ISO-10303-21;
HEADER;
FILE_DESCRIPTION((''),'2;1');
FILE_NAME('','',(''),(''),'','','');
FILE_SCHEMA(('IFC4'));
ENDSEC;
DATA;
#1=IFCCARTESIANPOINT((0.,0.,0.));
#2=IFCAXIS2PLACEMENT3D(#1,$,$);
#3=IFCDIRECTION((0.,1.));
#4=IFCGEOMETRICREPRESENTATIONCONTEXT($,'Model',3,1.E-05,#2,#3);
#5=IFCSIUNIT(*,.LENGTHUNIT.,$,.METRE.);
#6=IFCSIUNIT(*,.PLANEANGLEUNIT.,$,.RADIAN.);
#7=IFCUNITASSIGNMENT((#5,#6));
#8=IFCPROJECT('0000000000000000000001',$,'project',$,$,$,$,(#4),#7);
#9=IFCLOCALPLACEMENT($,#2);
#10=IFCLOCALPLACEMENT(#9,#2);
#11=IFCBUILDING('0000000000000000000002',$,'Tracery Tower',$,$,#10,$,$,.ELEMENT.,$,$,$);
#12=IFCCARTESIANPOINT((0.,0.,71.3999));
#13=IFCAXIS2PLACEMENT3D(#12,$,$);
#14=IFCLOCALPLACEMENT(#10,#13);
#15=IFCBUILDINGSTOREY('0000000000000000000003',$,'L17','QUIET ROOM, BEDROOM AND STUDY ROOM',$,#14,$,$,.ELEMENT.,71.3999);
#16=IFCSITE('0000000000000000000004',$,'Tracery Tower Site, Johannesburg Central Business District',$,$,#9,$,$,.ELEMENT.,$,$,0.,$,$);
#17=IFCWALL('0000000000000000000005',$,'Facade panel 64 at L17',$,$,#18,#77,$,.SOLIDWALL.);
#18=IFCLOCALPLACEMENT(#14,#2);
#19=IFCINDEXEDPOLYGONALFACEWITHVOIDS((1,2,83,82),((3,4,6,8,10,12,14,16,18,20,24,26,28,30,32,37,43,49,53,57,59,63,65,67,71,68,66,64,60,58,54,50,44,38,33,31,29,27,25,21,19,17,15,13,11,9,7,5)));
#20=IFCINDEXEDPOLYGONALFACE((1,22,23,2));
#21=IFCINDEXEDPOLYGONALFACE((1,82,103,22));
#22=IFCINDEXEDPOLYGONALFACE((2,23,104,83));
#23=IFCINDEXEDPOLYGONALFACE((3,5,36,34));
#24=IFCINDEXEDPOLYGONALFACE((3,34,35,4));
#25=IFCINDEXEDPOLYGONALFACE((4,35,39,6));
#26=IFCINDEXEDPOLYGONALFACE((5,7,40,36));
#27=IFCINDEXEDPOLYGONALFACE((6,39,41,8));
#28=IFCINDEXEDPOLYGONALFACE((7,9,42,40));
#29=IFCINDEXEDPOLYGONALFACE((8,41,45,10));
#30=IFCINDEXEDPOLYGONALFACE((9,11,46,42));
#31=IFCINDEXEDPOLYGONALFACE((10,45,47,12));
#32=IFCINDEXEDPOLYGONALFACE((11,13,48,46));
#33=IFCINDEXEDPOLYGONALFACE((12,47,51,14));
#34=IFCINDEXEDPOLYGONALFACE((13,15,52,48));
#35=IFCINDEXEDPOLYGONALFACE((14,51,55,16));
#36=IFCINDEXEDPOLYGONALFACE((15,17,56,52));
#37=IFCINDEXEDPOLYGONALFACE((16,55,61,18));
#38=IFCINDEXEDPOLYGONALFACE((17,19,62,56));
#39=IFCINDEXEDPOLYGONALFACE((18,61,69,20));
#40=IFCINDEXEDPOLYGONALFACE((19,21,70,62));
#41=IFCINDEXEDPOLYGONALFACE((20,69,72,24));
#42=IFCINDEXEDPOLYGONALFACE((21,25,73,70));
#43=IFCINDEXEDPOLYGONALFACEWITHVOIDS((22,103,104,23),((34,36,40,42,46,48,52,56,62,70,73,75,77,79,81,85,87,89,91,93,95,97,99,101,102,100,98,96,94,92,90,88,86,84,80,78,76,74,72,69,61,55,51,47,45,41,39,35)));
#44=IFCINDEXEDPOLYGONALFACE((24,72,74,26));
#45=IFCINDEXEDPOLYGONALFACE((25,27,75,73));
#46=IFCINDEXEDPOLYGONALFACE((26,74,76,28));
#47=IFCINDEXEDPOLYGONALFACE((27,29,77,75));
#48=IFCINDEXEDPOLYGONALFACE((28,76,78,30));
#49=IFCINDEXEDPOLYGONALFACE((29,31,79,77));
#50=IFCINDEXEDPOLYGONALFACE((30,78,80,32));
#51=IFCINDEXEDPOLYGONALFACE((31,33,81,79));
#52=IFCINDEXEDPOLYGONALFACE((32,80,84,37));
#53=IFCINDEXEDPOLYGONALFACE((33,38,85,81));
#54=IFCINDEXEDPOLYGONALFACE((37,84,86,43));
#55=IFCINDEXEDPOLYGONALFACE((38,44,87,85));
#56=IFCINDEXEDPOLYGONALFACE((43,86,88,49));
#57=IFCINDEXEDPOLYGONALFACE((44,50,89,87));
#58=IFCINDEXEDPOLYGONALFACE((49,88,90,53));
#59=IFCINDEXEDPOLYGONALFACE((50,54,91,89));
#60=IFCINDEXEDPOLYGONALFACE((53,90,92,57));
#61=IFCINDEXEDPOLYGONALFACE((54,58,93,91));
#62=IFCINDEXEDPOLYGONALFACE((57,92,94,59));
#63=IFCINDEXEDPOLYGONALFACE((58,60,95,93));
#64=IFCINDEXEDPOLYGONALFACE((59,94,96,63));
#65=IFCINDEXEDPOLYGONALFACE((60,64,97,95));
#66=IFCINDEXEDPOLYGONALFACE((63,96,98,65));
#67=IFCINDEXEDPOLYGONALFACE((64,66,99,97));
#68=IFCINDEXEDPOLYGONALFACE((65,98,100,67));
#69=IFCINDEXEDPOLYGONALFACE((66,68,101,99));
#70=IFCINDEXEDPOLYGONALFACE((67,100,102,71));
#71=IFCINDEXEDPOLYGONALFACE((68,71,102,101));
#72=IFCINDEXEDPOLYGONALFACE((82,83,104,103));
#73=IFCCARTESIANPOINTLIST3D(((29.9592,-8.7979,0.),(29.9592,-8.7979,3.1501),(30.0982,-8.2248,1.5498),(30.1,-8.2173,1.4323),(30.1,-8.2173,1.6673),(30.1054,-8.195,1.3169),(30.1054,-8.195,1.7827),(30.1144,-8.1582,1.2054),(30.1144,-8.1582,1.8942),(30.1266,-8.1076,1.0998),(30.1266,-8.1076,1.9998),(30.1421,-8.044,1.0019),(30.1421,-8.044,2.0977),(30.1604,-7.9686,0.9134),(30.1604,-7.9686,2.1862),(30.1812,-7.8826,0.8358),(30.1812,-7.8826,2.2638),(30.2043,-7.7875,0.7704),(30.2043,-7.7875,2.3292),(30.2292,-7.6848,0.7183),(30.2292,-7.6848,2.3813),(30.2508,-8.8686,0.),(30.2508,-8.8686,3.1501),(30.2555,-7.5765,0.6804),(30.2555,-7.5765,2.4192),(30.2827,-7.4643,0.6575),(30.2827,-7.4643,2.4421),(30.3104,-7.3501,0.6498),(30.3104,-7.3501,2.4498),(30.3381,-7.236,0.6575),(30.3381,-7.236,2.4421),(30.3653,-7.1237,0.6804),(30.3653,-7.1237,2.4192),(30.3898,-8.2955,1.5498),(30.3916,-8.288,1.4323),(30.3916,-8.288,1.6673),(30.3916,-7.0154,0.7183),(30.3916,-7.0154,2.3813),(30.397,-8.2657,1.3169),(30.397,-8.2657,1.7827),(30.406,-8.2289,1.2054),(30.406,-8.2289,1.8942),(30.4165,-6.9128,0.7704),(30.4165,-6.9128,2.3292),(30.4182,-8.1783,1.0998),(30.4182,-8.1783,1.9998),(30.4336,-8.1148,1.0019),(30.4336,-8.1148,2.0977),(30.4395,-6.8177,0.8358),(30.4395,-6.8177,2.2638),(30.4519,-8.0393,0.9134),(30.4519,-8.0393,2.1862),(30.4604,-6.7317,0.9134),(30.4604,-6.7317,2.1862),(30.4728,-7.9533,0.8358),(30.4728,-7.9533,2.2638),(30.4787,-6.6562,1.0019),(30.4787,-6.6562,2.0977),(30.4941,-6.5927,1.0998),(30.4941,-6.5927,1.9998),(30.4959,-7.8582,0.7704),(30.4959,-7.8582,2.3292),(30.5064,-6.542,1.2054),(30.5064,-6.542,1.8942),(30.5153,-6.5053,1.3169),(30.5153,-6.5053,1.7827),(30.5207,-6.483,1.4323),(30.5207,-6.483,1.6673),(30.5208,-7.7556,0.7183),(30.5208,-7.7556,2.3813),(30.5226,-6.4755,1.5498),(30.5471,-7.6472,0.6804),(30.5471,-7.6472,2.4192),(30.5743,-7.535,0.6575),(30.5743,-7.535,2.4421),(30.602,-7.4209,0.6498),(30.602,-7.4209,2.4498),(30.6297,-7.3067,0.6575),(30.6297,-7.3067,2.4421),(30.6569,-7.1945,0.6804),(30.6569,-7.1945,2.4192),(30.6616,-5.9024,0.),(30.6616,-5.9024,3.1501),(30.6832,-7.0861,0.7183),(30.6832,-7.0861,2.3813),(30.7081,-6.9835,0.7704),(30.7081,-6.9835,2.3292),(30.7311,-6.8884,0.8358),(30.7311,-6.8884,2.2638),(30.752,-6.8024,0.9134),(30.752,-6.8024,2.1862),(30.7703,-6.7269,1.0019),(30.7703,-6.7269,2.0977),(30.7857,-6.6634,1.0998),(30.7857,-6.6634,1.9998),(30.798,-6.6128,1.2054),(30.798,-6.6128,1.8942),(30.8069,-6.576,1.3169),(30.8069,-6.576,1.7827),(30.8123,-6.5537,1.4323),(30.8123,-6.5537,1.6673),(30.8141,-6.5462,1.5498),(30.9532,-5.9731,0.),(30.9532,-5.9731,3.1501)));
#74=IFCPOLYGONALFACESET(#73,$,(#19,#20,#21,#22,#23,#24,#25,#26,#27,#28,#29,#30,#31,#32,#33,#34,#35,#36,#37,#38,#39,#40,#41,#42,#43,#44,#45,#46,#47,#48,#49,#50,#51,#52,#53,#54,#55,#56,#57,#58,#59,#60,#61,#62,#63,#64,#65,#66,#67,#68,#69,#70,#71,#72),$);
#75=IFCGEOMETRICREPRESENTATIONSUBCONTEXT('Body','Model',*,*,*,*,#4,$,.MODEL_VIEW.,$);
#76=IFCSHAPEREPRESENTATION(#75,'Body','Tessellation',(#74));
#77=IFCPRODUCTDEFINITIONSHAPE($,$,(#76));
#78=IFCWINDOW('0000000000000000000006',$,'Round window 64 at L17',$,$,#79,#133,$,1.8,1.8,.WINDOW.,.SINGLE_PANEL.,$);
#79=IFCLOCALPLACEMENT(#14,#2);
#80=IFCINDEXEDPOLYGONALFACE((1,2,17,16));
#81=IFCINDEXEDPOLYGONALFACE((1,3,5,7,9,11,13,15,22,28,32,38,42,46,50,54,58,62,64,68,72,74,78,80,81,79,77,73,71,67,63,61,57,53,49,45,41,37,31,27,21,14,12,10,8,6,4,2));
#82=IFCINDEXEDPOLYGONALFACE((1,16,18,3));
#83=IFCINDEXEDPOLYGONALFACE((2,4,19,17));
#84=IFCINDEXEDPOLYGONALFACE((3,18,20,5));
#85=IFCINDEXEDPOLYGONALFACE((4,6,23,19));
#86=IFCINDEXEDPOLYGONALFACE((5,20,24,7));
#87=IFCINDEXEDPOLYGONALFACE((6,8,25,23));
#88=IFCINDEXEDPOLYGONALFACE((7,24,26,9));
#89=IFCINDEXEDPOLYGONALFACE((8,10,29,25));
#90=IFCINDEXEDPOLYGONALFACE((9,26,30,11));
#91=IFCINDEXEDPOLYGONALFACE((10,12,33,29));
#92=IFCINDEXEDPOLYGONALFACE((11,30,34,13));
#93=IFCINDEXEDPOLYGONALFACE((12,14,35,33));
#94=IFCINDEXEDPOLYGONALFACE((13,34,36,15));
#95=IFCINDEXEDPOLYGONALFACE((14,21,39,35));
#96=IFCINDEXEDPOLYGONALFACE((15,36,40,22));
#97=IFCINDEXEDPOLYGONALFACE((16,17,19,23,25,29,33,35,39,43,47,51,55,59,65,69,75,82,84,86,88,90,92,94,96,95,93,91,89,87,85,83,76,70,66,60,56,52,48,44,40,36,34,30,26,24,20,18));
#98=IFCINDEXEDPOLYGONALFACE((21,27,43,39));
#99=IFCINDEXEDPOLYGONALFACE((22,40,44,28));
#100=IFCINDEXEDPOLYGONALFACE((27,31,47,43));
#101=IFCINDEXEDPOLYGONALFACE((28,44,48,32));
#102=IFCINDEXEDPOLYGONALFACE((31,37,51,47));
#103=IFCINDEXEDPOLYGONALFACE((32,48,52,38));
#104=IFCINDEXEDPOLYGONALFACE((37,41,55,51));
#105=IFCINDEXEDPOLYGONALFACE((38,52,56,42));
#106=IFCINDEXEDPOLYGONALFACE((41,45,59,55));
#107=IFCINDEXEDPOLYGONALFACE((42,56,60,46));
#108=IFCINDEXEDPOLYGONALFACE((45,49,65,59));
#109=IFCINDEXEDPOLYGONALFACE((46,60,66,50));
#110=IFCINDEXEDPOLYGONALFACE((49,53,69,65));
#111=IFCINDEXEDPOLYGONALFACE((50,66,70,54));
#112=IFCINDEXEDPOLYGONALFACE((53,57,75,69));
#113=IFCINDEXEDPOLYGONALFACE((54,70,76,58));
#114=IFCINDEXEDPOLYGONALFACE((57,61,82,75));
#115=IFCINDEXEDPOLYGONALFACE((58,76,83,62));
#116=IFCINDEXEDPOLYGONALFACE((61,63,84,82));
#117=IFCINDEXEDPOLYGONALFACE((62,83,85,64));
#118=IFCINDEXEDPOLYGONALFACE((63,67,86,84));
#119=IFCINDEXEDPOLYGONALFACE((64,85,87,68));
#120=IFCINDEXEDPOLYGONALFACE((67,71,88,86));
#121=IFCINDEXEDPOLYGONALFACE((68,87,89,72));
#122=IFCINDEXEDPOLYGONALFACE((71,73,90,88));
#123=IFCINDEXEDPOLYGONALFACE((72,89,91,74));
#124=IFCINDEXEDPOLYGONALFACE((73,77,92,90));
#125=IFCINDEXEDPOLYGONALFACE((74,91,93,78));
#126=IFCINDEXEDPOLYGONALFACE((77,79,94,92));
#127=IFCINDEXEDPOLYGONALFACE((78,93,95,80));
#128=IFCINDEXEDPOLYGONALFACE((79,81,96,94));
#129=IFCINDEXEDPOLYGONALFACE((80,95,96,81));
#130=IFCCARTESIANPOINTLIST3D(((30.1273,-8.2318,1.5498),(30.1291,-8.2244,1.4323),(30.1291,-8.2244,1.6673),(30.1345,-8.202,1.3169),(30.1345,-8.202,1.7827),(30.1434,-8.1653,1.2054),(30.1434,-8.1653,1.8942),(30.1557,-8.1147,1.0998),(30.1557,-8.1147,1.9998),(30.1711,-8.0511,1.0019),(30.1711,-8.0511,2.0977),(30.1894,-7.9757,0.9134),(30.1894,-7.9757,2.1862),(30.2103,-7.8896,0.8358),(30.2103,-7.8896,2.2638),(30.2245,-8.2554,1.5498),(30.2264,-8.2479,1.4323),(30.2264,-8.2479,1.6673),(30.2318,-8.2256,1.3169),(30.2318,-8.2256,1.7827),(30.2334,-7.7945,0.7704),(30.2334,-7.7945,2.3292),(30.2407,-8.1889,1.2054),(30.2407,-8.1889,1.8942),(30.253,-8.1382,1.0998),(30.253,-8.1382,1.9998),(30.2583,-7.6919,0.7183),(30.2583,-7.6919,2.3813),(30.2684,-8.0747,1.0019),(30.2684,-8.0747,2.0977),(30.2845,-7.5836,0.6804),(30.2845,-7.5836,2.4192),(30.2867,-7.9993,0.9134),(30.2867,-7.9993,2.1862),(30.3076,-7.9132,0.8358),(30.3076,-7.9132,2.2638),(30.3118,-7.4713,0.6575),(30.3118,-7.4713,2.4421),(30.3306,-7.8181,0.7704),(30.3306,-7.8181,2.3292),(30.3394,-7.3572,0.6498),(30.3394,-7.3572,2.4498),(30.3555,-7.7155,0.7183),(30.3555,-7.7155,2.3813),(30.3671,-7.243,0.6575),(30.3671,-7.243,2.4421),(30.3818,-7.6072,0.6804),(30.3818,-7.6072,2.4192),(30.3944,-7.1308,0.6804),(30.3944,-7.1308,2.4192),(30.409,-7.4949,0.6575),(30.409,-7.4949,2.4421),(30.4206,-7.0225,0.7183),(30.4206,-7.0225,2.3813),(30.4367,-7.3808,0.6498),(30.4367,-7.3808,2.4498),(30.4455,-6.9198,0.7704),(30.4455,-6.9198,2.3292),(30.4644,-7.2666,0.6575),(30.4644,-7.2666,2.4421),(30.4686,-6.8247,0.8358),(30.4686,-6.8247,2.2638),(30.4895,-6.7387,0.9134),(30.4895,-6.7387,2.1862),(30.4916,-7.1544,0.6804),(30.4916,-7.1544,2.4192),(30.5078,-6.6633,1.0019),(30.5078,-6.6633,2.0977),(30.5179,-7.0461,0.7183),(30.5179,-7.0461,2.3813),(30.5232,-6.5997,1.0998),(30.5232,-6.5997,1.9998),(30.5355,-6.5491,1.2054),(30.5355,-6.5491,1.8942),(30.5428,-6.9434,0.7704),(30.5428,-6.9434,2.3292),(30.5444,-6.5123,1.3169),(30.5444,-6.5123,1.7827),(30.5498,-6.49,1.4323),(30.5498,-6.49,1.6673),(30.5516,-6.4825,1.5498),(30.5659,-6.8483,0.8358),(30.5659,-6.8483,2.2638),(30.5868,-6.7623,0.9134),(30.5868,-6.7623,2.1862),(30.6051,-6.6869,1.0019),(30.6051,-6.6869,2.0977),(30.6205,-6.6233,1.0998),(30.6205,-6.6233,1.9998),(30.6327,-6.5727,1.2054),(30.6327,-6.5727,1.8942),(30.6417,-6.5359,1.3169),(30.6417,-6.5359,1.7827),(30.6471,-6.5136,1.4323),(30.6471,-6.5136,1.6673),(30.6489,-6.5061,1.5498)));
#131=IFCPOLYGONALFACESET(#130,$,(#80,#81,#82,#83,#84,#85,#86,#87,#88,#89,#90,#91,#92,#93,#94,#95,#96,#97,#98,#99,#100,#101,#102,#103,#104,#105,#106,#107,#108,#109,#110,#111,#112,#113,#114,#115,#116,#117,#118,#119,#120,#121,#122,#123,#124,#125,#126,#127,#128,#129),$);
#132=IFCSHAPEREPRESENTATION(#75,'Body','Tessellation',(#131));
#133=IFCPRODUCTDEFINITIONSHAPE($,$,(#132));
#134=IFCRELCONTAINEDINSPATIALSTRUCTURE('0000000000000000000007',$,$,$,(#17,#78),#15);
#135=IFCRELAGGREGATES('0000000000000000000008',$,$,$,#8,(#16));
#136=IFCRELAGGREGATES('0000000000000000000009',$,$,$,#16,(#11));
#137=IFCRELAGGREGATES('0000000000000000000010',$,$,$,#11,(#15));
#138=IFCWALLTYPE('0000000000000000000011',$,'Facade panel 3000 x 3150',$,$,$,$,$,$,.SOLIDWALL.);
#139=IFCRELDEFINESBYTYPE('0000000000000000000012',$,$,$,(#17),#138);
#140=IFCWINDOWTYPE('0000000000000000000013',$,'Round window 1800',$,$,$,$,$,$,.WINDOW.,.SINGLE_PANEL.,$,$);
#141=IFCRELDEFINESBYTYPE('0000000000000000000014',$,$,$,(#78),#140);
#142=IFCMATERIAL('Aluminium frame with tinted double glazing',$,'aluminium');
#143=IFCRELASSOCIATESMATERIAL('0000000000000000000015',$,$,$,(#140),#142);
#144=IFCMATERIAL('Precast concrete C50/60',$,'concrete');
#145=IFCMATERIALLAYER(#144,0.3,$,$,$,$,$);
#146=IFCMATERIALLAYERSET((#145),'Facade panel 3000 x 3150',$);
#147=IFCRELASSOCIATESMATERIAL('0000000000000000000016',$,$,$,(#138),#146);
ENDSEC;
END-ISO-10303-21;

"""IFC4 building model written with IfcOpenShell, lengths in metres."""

from ifc_helpers import new_model, si_unit, direction, frame, frame_2d, origin, origin_2d, place, context, subcontext, project, spatial, rectangle, circle, extrude, material, layer, layer_set, type_object, element, fill, save


model = new_model("IFC4")

# Units and contexts
model_context = context("Model", 3, precision=1e-05, world=origin(), true_north=direction((0.0, 1.0)))
body_context = subcontext(model_context, "Body", "Model", "MODEL_VIEW")
ifc_project = project(units=[si_unit("LENGTHUNIT", "METRE"), si_unit("PLANEANGLEUNIT", "RADIAN")], contexts=[model_context])

# Site, building, storey
site_placement = place(None, origin())
site = spatial("IfcSite", under=ifc_project, at=site_placement, Name="Tracery Tower Site, Johannesburg Central Business District", CompositionType="ELEMENT", RefElevation=0.0)
building_placement = place(site_placement, origin())
building = spatial("IfcBuilding", under=site, at=building_placement, Name="Tracery Tower", CompositionType="ELEMENT")
storey_placement = place(building_placement, frame((0.0, 0.0, 71.3999)))
storey = spatial("IfcBuildingStorey", under=building, at=storey_placement, Name="L17", Description="QUIET ROOM, BEDROOM AND STUDY ROOM", CompositionType="ELEMENT", Elevation=71.3999)

# Wall, opening, window
ifc_material_1 = material(Name="Aluminium frame with tinted double glazing", Category="aluminium")
window_type = type_object("IfcWindowType", Name="Round window 1800", PartitioningType="SINGLE_PANEL", PredefinedType="WINDOW", material=ifc_material_1)
ifc_material_2 = material(Name="Precast concrete C50/60", Category="concrete")
ifc_layer_1 = layer(ifc_material_2, 0.3)
ifc_layer_set_1 = layer_set([ifc_layer_1], Name="Facade panel 3000 x 3150")
wall_type_1 = type_object("IfcWallType", Name="Facade panel 3000 x 3150", PredefinedType="SOLIDWALL", material=ifc_layer_set_1)
wall_1_placement = place(storey_placement, frame((30.105, -8.8333, 0.0), z_axis=(0.0, 0.0, 1.0), x_axis=(0.235743, 0.971815, 0.0)))
wall_1 = element("IfcWall", 1, at=wall_1_placement, inside=storey, type_object=wall_type_1, Name="Facade panel 64 at L17", PredefinedType="SOLIDWALL", context=body_context, shape_type="SweptSolid", body=[
    extrude(rectangle(XDim=2.9795, YDim=0.3, at=frame_2d((1.4897, 0.0))), origin(), (0.0, 0.0, 1.0), 3.1501),
])
opening_1_placement = place(wall_1_placement, frame((1.4897, 0.0, 1.5498)))
opening_1 = element("IfcOpeningElement", 2, at=opening_1_placement, cuts=wall_1, PredefinedType="OPENING", context=body_context, shape_type="SweptSolid", body=[
    extrude(circle(Radius=0.9, at=origin_2d()), frame((0.0, 0.1599, 0.0), z_axis=(0.0, -1.0, 0.0), x_axis=(1.0, 0.0, 0.0)), (0.0, 0.0, 1.0), 0.3201),
])
window_1_placement = place(opening_1_placement, origin())
window_1 = element("IfcWindow", 3, at=window_1_placement, inside=storey, type_object=window_type, Name="Round window 64 at L17", OverallHeight=1.8, OverallWidth=1.8, PartitioningType="SINGLE_PANEL", PredefinedType="WINDOW", context=body_context, shape_type="SweptSolid", body=[
    extrude(circle(Radius=0.9, at=origin_2d()), frame((0.0, 0.1201, 0.0), z_axis=(0.0, -1.0, 0.0), x_axis=(1.0, 0.0, 0.0)), (0.0, 0.0, 1.0), 0.1001),
])
fill(opening_1, window_1)

save(model, "model.ifc")
